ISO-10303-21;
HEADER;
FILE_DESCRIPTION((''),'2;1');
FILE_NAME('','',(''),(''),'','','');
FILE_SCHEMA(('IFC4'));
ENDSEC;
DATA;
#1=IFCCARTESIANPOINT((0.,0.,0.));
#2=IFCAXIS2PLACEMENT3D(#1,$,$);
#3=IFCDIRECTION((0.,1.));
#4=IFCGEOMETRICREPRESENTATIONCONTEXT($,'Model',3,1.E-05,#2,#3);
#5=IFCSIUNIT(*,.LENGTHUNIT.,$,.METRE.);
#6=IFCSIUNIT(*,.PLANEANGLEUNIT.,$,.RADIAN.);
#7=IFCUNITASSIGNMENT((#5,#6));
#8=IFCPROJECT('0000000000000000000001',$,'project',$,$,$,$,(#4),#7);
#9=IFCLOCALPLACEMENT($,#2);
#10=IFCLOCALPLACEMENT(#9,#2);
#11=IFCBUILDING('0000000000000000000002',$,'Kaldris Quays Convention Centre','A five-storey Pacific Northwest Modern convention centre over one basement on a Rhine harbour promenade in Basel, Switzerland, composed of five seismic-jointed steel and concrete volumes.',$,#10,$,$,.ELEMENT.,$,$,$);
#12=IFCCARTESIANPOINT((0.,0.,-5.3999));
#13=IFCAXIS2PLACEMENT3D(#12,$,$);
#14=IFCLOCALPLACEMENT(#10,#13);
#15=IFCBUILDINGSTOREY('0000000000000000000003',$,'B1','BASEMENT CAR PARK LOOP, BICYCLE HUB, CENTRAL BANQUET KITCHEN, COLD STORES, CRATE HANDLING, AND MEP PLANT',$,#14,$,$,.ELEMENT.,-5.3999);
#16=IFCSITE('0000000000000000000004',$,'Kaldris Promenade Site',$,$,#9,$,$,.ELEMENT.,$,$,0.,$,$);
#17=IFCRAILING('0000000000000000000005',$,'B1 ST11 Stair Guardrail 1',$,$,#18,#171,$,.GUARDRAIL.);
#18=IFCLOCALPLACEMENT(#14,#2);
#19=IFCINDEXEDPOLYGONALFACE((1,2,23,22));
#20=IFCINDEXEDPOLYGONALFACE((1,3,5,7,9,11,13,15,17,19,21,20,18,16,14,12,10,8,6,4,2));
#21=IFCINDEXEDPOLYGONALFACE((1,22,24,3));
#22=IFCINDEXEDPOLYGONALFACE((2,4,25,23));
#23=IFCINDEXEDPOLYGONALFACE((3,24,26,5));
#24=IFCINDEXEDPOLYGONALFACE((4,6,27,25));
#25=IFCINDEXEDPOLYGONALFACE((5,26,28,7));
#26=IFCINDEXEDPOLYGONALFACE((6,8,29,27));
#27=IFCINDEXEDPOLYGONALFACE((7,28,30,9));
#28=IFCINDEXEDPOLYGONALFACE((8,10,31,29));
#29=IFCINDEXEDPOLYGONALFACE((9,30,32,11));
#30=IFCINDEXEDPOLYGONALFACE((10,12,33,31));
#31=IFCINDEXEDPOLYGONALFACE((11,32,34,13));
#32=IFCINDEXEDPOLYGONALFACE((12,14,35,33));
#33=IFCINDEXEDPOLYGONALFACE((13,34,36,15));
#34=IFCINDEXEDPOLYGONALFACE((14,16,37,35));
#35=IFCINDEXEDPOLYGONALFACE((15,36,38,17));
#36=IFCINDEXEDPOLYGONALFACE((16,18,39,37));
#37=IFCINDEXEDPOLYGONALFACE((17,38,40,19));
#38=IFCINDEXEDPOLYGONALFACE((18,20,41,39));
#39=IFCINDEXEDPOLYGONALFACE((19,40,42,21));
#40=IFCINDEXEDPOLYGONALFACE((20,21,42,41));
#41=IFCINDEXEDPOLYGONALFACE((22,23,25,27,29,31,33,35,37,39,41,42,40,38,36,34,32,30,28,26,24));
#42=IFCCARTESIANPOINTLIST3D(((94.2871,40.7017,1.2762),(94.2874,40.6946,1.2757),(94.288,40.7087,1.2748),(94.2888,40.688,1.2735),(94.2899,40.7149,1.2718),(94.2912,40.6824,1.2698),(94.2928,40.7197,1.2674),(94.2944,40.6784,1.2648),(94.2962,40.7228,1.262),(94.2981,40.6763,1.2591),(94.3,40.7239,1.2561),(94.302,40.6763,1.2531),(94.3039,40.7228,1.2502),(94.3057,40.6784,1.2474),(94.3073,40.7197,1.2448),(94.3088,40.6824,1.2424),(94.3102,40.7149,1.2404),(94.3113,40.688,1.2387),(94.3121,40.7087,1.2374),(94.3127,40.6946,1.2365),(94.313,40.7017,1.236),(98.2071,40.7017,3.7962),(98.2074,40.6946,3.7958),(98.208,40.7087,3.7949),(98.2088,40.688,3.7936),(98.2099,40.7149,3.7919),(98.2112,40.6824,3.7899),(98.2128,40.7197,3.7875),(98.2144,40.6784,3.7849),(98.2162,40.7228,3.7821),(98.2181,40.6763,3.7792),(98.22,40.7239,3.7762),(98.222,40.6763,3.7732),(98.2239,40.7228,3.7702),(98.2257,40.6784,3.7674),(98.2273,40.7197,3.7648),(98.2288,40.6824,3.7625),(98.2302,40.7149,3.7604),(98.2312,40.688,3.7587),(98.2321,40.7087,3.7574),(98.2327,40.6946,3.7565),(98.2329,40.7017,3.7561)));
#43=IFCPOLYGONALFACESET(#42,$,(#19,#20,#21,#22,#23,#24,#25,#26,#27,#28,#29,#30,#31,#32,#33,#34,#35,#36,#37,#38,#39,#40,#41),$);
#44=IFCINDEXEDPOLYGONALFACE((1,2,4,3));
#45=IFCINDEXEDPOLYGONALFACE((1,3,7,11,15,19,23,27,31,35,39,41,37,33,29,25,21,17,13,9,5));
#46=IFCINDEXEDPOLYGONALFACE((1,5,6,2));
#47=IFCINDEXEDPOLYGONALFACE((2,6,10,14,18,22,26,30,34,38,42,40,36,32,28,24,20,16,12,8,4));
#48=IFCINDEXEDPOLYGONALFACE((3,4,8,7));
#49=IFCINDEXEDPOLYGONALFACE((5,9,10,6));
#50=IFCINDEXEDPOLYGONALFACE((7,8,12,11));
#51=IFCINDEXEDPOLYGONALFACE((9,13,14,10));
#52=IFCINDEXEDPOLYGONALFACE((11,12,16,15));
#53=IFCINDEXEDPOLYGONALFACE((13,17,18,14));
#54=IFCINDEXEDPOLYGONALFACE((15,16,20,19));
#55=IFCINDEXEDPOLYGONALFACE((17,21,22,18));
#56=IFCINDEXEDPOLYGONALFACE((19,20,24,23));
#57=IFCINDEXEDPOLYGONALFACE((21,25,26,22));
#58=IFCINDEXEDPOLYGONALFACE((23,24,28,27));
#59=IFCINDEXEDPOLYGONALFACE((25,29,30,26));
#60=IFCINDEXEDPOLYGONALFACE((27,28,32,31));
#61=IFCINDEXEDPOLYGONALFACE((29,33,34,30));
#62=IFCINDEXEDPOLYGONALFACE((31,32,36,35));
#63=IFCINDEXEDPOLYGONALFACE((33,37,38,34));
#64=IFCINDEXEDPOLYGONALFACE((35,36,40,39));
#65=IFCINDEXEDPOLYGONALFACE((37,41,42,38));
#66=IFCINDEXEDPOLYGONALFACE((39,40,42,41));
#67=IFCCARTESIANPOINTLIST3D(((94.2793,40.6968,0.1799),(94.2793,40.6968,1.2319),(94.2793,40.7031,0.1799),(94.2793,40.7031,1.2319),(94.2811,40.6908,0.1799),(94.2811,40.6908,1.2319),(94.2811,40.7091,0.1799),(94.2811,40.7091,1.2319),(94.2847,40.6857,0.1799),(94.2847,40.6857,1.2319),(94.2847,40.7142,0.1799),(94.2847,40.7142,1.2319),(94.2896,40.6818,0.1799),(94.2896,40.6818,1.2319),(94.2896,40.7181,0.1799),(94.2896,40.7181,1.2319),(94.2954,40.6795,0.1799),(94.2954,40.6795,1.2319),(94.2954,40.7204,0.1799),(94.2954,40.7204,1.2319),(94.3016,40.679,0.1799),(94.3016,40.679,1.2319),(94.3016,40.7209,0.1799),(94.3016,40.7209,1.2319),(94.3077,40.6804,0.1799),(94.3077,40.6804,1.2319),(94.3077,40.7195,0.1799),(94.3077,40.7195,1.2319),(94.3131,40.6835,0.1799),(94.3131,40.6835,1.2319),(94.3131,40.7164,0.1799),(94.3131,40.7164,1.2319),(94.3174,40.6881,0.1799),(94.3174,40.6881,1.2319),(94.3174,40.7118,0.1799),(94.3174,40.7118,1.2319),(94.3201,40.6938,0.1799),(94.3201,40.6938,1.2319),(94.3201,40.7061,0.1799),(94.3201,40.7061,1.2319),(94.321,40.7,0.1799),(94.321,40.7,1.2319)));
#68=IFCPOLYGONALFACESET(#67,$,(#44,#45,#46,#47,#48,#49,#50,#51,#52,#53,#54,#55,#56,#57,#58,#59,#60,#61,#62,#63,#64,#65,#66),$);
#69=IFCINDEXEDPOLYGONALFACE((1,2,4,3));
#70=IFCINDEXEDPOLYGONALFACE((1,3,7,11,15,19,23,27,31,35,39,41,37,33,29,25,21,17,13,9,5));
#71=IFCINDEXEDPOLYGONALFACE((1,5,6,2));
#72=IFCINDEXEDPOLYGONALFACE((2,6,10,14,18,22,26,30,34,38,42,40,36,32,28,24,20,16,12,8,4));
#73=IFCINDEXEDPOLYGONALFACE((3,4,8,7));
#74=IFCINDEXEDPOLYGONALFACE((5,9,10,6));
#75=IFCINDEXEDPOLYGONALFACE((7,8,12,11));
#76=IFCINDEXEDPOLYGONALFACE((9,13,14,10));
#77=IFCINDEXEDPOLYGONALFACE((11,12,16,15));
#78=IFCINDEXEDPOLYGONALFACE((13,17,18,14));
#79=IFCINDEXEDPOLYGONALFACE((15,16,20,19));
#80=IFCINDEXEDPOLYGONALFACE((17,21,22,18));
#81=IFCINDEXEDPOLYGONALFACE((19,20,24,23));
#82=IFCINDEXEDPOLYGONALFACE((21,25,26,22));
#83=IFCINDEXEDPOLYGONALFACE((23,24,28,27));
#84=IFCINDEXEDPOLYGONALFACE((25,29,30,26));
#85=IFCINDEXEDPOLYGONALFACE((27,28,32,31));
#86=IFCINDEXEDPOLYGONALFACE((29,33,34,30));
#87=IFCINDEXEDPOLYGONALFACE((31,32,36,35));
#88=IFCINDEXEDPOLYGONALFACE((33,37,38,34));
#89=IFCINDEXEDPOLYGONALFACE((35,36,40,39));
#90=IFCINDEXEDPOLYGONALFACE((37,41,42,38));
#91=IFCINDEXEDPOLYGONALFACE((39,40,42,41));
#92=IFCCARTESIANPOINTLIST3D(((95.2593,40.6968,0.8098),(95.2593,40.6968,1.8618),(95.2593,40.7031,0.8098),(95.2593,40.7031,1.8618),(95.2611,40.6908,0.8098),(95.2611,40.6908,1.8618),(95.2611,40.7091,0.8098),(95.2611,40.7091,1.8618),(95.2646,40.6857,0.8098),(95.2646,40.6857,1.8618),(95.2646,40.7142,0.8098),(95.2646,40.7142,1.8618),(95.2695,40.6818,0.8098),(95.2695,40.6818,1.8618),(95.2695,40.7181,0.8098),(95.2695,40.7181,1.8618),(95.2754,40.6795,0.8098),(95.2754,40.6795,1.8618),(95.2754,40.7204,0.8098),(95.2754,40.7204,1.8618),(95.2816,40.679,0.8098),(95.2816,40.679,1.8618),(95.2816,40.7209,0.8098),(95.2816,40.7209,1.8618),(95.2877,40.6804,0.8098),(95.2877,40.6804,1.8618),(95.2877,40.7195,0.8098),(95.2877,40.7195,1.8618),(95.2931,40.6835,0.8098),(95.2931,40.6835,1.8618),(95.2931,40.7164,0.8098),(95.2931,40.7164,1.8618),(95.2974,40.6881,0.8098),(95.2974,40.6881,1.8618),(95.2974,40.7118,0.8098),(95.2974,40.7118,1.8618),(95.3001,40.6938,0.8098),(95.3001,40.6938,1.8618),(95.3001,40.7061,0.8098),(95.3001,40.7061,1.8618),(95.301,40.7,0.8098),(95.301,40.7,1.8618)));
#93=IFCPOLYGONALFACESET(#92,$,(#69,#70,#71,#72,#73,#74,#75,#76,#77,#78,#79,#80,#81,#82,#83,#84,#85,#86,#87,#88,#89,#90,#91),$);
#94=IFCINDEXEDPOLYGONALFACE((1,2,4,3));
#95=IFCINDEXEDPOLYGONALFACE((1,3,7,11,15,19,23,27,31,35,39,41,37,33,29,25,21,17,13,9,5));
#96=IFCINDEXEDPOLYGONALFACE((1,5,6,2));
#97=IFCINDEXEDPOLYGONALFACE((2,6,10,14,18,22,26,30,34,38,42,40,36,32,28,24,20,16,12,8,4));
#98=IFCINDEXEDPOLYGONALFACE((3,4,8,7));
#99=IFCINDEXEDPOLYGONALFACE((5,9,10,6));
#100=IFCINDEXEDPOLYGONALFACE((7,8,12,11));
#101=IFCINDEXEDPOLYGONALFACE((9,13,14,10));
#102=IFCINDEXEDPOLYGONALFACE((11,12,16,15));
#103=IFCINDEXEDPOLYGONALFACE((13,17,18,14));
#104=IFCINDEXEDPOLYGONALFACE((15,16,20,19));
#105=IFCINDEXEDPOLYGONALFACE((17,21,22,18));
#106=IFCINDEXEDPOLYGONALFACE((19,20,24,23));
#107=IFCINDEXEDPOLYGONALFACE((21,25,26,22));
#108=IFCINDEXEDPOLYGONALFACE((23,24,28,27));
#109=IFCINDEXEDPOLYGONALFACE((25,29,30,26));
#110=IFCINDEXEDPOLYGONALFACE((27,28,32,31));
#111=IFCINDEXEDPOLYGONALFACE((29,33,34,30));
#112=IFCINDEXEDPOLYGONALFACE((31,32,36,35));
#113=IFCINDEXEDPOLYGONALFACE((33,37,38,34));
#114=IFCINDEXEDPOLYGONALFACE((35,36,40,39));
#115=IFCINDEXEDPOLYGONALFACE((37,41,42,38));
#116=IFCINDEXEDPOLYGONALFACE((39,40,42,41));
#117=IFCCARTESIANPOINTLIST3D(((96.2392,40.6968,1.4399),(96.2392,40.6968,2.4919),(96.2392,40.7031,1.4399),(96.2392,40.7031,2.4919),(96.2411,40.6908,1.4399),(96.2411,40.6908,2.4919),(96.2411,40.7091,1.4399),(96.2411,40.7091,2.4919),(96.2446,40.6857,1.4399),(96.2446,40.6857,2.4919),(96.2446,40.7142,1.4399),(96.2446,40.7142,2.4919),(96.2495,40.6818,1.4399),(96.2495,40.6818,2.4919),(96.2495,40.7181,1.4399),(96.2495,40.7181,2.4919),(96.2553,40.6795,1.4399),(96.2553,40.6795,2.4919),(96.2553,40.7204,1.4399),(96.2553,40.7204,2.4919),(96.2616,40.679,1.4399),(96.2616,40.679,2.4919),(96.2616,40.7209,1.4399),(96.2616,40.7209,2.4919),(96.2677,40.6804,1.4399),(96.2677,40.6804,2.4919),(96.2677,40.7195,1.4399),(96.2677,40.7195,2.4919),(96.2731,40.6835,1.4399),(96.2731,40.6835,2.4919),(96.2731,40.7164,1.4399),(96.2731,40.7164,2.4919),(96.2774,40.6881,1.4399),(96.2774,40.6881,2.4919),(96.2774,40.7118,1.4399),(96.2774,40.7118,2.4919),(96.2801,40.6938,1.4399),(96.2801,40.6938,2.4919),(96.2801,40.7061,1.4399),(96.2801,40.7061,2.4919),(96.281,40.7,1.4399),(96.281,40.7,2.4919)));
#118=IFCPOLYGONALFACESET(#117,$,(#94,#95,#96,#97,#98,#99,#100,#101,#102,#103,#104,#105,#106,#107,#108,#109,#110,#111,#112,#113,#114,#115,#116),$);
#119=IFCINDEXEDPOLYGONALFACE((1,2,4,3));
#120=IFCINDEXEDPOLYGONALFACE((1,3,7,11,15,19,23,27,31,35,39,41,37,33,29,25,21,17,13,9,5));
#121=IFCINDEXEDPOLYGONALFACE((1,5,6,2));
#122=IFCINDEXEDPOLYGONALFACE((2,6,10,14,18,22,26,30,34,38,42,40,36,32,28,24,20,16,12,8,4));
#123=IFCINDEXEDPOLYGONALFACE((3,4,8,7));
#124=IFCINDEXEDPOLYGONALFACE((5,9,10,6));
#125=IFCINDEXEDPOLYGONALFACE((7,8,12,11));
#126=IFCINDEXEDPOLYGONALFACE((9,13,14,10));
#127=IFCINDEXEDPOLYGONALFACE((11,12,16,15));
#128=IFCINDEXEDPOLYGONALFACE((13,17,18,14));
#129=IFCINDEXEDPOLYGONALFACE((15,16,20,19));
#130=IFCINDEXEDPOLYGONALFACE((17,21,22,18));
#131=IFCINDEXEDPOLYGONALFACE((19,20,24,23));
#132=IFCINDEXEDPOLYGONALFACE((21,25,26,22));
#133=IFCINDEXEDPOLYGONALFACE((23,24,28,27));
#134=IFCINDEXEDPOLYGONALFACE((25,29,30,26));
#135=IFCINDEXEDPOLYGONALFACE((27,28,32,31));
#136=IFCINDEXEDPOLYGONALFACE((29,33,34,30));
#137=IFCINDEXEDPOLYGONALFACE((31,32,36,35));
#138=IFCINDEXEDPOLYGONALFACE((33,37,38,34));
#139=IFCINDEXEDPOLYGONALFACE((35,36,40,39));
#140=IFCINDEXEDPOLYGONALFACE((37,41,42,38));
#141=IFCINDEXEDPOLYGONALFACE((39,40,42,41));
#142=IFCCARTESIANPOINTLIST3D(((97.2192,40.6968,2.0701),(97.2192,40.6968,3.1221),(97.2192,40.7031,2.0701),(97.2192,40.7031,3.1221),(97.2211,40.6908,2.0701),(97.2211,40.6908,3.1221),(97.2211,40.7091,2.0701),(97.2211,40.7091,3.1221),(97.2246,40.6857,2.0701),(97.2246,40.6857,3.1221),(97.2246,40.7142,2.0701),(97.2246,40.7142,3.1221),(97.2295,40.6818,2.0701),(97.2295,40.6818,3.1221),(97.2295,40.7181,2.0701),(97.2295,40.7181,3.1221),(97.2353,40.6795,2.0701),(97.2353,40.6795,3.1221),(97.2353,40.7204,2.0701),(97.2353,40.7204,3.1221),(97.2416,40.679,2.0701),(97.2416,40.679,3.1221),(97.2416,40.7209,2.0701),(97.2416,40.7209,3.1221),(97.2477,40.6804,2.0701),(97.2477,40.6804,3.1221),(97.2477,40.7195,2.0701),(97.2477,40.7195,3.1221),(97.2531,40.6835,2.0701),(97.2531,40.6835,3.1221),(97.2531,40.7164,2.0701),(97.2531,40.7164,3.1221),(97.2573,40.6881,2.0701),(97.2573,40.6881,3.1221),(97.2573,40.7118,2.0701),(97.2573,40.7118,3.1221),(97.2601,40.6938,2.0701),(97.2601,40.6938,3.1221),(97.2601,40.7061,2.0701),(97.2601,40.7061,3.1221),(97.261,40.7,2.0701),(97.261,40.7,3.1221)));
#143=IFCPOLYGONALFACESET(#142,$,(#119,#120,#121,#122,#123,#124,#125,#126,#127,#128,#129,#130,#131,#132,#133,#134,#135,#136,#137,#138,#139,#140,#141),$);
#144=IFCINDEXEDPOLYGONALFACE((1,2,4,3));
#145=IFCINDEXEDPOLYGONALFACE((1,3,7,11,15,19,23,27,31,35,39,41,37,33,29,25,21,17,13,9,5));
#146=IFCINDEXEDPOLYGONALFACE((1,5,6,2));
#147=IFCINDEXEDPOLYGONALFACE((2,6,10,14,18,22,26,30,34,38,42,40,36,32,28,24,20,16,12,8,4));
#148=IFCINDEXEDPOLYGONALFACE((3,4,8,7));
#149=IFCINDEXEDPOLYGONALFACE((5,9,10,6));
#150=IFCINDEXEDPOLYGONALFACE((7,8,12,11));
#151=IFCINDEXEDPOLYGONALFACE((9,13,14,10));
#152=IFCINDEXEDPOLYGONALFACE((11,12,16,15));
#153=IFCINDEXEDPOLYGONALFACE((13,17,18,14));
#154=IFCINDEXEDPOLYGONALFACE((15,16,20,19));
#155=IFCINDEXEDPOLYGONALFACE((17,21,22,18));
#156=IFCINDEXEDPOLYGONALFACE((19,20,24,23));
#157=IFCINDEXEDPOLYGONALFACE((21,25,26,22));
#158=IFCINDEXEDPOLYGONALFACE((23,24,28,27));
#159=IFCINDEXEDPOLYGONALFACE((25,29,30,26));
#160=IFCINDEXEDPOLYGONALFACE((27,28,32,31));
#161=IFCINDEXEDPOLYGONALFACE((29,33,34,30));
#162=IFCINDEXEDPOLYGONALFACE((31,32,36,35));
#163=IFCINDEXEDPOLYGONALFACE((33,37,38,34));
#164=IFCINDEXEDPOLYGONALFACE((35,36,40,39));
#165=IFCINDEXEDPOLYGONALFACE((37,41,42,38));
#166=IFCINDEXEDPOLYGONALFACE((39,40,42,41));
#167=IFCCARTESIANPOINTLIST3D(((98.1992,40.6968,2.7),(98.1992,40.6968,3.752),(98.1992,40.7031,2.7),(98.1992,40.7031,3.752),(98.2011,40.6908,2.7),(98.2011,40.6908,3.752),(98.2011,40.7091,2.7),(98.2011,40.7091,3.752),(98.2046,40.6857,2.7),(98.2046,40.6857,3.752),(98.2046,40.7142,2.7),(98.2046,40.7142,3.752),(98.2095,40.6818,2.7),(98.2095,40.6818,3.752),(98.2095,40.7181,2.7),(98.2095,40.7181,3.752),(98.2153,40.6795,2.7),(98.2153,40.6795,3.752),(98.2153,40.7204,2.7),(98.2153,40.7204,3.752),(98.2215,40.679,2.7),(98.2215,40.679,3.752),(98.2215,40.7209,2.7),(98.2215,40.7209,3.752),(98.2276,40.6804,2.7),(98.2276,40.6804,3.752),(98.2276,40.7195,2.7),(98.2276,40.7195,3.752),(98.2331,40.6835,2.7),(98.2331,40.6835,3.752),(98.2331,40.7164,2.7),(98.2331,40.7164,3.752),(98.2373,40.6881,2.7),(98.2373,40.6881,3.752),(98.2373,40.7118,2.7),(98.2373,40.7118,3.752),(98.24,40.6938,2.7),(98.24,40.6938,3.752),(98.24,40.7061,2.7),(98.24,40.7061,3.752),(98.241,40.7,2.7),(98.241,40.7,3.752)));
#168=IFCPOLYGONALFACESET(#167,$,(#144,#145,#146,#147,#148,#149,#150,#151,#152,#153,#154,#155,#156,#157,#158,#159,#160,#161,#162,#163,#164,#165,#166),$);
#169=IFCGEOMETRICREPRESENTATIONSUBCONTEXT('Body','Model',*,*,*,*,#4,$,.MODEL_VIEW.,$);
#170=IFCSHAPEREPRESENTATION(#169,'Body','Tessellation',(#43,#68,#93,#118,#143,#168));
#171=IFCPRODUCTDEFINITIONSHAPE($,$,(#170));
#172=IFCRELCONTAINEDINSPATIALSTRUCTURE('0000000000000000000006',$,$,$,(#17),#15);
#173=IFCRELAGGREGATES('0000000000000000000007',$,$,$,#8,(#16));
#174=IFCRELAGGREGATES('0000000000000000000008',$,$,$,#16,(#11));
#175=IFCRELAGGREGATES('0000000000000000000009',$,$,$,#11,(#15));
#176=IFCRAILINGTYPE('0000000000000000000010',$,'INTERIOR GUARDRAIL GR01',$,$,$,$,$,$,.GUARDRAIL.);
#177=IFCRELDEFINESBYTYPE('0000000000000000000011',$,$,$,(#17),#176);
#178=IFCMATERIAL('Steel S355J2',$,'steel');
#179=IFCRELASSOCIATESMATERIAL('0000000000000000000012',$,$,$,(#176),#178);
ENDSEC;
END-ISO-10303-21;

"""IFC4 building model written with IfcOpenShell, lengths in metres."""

from ifc_helpers import new_model, si_unit, direction, frame, origin, origin_2d, place, context, subcontext, project, spatial, circle, extrude, material, type_object, element, save


model = new_model("IFC4")

# Units and contexts
model_context = context("Model", 3, precision=1e-05, world=origin(), true_north=direction((0.0, 1.0)))
body_context = subcontext(model_context, "Body", "Model", "MODEL_VIEW")
ifc_project = project(units=[si_unit("LENGTHUNIT", "METRE"), si_unit("PLANEANGLEUNIT", "RADIAN")], contexts=[model_context])

# Site, building, storey
site_placement = place(None, origin())
site = spatial("IfcSite", under=ifc_project, at=site_placement, Name="Kaldris Promenade Site", CompositionType="ELEMENT", RefElevation=0.0)
building_placement = place(site_placement, origin())
building = spatial("IfcBuilding", under=site, at=building_placement, Name="Kaldris Quays Convention Centre", Description="A five-storey Pacific Northwest Modern convention centre over one basement on a Rhine harbour promenade in Basel, Switzerland, composed of five seismic-jointed steel and concrete volumes.", CompositionType="ELEMENT")
storey_placement = place(building_placement, frame((0.0, 0.0, -5.3999)))
storey = spatial("IfcBuildingStorey", under=building, at=storey_placement, Name="B1", Description="BASEMENT CAR PARK LOOP, BICYCLE HUB, CENTRAL BANQUET KITCHEN, COLD STORES, CRATE HANDLING, AND MEP PLANT", CompositionType="ELEMENT", Elevation=-5.3999)

# Shared definitions
ifc_material_1 = material(Name="Steel S355J2", Category="steel")

# Railing
railing_type_1 = type_object("IfcRailingType", Name="INTERIOR GUARDRAIL GR01", PredefinedType="GUARDRAIL", material=ifc_material_1)
railing_1_placement = place(storey_placement, frame((94.3, 40.7, 0.1799)))
element("IfcRailing", 1, at=railing_1_placement, inside=storey, type_object=railing_type_1, Name="B1 ST11 Stair Guardrail 1", PredefinedType="GUARDRAIL", context=body_context, shape_type="SweptSolid", body=[
    extrude(circle(Radius=0.0239, at=origin_2d()), frame((0.0, 0.0, 1.0762), z_axis=(0.841172, 0.0, 0.540768), x_axis=(0.0, 1.0, 0.0)), (0.0, 0.0, 1.0), 4.6602),
    extrude(circle(Radius=0.021, at=origin_2d()), origin(), (0.0, 0.0, 1.0), 1.052),
    extrude(circle(Radius=0.021, at=origin_2d()), frame((0.98, 0.0, 0.6299)), (0.0, 0.0, 1.0), 1.052),
    extrude(circle(Radius=0.021, at=origin_2d()), frame((1.96, 0.0, 1.26)), (0.0, 0.0, 1.0), 1.052),
    extrude(circle(Radius=0.021, at=origin_2d()), frame((2.9399, 0.0, 1.8901)), (0.0, 0.0, 1.0), 1.052),
    extrude(circle(Radius=0.021, at=origin_2d()), frame((3.9199, 0.0, 2.52)), (0.0, 0.0, 1.0), 1.052),
])

save(model, "model.ifc")
